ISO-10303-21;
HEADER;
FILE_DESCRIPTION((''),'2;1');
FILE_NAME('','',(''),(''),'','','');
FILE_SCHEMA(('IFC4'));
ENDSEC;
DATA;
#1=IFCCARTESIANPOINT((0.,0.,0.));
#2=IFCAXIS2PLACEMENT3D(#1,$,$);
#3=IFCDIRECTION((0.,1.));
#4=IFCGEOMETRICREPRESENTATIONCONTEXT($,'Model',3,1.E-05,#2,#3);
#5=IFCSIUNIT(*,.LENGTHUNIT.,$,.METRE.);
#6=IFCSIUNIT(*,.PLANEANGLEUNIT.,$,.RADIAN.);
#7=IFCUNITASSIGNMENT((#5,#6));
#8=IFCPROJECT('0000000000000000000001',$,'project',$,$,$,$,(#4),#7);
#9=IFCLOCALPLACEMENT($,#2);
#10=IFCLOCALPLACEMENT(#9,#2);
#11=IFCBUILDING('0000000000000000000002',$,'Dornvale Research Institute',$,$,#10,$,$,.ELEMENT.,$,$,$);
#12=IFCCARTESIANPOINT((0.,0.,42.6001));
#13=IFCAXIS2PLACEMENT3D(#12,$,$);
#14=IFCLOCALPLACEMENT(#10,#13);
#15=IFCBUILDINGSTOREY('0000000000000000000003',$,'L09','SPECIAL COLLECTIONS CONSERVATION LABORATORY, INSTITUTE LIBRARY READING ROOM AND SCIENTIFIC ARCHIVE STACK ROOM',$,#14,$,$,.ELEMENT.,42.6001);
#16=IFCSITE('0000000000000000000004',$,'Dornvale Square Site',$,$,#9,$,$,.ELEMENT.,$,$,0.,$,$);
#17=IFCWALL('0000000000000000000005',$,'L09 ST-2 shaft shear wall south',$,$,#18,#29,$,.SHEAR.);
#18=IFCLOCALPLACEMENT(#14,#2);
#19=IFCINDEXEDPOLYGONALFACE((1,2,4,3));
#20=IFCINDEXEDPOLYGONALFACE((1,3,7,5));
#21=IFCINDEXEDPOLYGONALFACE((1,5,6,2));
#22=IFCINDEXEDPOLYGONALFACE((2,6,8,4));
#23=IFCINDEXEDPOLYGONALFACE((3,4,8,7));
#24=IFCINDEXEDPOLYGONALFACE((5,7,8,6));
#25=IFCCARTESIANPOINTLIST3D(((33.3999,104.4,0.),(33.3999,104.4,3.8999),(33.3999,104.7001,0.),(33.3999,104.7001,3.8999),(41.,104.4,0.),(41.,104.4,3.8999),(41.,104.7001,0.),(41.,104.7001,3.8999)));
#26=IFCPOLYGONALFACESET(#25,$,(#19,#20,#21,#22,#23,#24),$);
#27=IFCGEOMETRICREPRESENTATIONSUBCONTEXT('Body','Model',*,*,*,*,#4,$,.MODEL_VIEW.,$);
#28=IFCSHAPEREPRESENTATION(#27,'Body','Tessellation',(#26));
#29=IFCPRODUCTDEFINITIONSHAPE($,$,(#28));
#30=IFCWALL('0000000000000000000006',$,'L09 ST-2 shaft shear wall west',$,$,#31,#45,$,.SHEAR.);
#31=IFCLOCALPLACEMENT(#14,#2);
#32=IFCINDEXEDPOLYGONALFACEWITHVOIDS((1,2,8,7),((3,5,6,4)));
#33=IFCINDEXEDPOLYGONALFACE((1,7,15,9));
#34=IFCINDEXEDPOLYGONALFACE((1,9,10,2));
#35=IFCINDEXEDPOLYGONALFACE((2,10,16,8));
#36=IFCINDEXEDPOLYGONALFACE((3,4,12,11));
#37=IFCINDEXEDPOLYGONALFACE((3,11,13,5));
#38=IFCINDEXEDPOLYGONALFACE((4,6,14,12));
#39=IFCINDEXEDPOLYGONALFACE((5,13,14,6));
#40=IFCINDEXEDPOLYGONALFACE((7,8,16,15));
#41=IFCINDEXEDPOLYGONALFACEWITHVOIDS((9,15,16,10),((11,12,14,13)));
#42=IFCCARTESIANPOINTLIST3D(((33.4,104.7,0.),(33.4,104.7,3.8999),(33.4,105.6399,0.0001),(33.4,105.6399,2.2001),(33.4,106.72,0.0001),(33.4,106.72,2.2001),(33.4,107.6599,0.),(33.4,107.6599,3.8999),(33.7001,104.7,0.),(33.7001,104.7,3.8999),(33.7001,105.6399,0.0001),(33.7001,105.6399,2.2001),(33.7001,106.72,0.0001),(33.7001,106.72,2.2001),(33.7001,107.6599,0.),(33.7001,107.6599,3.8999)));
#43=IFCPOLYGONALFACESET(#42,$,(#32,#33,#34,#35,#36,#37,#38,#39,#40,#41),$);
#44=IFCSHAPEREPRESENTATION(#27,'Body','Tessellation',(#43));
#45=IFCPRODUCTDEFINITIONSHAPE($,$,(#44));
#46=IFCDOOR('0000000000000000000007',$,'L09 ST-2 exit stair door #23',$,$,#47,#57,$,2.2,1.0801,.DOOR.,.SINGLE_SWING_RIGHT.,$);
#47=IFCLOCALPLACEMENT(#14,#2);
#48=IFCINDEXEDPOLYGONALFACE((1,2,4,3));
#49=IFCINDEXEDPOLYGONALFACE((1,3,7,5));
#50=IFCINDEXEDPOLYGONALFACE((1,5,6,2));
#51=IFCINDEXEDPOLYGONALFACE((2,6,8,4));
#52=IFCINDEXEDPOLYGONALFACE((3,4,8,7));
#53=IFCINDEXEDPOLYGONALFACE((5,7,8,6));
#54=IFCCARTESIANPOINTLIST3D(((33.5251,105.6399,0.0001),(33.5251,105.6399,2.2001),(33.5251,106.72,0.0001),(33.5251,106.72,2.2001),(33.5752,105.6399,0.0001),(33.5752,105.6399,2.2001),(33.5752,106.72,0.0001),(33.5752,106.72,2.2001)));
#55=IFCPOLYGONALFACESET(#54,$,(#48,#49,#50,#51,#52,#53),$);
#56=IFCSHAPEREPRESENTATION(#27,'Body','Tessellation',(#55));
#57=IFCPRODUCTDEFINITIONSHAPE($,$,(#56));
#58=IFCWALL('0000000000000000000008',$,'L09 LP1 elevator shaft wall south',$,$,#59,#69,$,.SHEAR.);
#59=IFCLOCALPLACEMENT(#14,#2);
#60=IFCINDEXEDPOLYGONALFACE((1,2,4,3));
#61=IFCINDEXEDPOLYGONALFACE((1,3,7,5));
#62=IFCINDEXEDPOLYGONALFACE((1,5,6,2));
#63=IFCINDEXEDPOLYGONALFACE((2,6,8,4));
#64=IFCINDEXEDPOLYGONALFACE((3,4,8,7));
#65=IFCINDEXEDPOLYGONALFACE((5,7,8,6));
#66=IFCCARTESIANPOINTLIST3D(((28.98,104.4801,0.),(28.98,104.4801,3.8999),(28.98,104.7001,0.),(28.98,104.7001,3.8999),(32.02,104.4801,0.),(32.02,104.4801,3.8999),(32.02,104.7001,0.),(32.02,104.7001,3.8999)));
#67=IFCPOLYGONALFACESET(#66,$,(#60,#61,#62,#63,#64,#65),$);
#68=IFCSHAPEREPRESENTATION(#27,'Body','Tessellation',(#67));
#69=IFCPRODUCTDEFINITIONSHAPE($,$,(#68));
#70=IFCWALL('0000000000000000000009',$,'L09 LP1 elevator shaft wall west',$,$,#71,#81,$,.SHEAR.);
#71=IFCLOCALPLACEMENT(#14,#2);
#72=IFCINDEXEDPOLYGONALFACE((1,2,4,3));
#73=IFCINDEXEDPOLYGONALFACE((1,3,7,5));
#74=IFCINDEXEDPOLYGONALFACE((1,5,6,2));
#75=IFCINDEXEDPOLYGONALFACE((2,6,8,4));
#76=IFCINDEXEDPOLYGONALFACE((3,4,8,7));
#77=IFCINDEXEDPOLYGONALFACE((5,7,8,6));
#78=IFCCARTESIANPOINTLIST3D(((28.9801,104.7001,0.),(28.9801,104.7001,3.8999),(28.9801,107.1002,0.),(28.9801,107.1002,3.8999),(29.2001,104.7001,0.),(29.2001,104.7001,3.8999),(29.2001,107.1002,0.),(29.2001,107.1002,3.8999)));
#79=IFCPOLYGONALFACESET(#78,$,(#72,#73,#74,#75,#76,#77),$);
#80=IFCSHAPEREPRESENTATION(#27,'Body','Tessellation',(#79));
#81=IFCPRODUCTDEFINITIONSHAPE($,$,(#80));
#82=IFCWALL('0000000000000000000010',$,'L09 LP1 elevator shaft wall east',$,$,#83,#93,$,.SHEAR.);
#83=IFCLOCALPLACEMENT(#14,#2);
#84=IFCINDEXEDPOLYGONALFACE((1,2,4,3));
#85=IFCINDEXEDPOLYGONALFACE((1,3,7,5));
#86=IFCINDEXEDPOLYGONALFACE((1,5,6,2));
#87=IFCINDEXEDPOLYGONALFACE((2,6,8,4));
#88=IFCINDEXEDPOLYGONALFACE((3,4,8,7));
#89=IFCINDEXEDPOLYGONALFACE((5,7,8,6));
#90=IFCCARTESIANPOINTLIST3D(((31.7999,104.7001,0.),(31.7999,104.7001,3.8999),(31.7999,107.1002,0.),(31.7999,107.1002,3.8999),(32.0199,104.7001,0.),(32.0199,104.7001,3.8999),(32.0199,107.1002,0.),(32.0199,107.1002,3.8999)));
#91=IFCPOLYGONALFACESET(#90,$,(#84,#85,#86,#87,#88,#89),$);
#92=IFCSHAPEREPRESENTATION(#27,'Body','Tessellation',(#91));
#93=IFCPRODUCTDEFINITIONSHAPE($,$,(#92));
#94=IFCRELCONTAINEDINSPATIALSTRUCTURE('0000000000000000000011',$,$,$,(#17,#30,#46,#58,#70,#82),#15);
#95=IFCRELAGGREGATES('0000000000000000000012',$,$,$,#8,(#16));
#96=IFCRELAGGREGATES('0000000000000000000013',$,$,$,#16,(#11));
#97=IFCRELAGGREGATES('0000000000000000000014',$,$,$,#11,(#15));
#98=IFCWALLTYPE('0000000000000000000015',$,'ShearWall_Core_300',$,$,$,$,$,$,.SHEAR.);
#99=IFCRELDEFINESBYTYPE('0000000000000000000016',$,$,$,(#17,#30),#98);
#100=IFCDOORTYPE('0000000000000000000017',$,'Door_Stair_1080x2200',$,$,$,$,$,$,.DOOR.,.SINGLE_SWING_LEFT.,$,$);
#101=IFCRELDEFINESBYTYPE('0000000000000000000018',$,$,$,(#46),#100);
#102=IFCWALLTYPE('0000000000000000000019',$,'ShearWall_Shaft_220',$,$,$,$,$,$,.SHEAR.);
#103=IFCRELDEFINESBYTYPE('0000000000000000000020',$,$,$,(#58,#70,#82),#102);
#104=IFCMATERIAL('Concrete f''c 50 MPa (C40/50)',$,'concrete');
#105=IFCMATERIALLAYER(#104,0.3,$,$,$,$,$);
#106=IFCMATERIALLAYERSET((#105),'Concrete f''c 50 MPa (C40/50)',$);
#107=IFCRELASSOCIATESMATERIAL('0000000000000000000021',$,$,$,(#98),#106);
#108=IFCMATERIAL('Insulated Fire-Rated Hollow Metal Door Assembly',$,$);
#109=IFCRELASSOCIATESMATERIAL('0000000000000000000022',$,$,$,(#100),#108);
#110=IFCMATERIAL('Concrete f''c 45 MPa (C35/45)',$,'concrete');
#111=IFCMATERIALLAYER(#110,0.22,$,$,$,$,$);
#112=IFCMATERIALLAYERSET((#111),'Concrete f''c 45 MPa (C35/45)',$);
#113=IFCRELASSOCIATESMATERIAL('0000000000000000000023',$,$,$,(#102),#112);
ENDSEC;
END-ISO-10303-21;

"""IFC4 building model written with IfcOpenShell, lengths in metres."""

from ifc_helpers import new_model, si_unit, direction, frame, frame_2d, origin, place, context, subcontext, project, spatial, rectangle, extrude, material, layer, layer_set, type_object, element, fill, save


model = new_model("IFC4")

# Units and contexts
model_context = context("Model", 3, precision=1e-05, world=origin(), true_north=direction((0.0, 1.0)))
body_context = subcontext(model_context, "Body", "Model", "MODEL_VIEW")
ifc_project = project(units=[si_unit("LENGTHUNIT", "METRE"), si_unit("PLANEANGLEUNIT", "RADIAN")], contexts=[model_context])

# Site, building, storey
site_placement = place(None, origin())
site = spatial("IfcSite", under=ifc_project, at=site_placement, Name="Dornvale Square Site", CompositionType="ELEMENT", RefElevation=0.0)
building_placement = place(site_placement, origin())
building = spatial("IfcBuilding", under=site, at=building_placement, Name="Dornvale Research Institute", CompositionType="ELEMENT")
storey_placement = place(building_placement, frame((0.0, 0.0, 42.6001)))
storey = spatial("IfcBuildingStorey", under=building, at=storey_placement, Name="L09", Description="SPECIAL COLLECTIONS CONSERVATION LABORATORY, INSTITUTE LIBRARY READING ROOM AND SCIENTIFIC ARCHIVE STACK ROOM", CompositionType="ELEMENT", Elevation=42.6001)

# Wall
ifc_material_1 = material(Name="Concrete f'c 50 MPa (C40/50)", Category="concrete")
ifc_layer_1 = layer(ifc_material_1, 0.3)
ifc_layer_set_1 = layer_set([ifc_layer_1], Name="Concrete f'c 50 MPa (C40/50)")
wall_type_1 = type_object("IfcWallType", Name="ShearWall_Core_300", PredefinedType="SHEAR", material=ifc_layer_set_1)
wall_1_placement = place(storey_placement, frame((33.3999, 104.55, 0.0), z_axis=(0.0, 0.0, 1.0), x_axis=(1.0, 0.0, 0.0)))
element("IfcWall", 1, at=wall_1_placement, inside=storey, type_object=wall_type_1, Name="L09 ST-2 shaft shear wall south", PredefinedType="SHEAR", context=body_context, shape_type="SweptSolid", body=[
    extrude(rectangle(XDim=7.6001, YDim=0.3, at=frame_2d((3.8, 0.0))), origin(), (0.0, 0.0, 1.0), 3.8999),
])

# Wall, opening, door
wall_2_placement = place(storey_placement, frame((33.55, 104.7, 0.0), z_axis=(0.0, 0.0, 1.0), x_axis=(0.0, 1.0, 0.0)))
wall_2 = element("IfcWall", 2, at=wall_2_placement, inside=storey, type_object=wall_type_1, Name="L09 ST-2 shaft shear wall west", PredefinedType="SHEAR", context=body_context, shape_type="SweptSolid", body=[
    extrude(rectangle(XDim=2.96, YDim=0.3, at=frame_2d((1.48, 0.0))), origin(), (0.0, 0.0, 1.0), 3.8999),
])
opening_1_placement = place(wall_2_placement, frame((0.9399, 0.0, 0.0)))
opening_1 = element("IfcOpeningElement", 3, at=opening_1_placement, cuts=wall_2, PredefinedType="OPENING", context=body_context, shape_type="SweptSolid", body=[
    extrude(rectangle(XDim=1.0801, YDim=2.2, at=frame_2d((0.54, 1.1001))), frame((0.0, 0.165, 0.0), z_axis=(0.0, -1.0, 0.0), x_axis=(1.0, 0.0, 0.0)), (0.0, 0.0, 1.0), 0.3301),
])
ifc_material_2 = material(Name="Insulated Fire-Rated Hollow Metal Door Assembly")
door_type_1 = type_object("IfcDoorType", Name="Door_Stair_1080x2200", OperationType="SINGLE_SWING_LEFT", PredefinedType="DOOR", material=ifc_material_2)
door_1_placement = place(opening_1_placement, origin())
door_1 = element("IfcDoor", 4, at=door_1_placement, inside=storey, type_object=door_type_1, Name="L09 ST-2 exit stair door #23", OperationType="SINGLE_SWING_RIGHT", OverallHeight=2.2, OverallWidth=1.0801, PredefinedType="DOOR", context=body_context, shape_type="SweptSolid", body=[
    extrude(rectangle(XDim=1.0801, YDim=2.2, at=frame_2d((0.54, 1.1001))), frame((0.0, 0.0249, 0.0), z_axis=(0.0, -1.0, 0.0), x_axis=(1.0, 0.0, 0.0)), (0.0, 0.0, 1.0), 0.05),
])
fill(opening_1, door_1)

# Walls
ifc_material_3 = material(Name="Concrete f'c 45 MPa (C35/45)", Category="concrete")
ifc_layer_2 = layer(ifc_material_3, 0.22)
ifc_layer_set_2 = layer_set([ifc_layer_2], Name="Concrete f'c 45 MPa (C35/45)")
wall_type_2 = type_object("IfcWallType", Name="ShearWall_Shaft_220", PredefinedType="SHEAR", material=ifc_layer_set_2)
wall_3_placement = place(storey_placement, frame((28.98, 104.5901, 0.0), z_axis=(0.0, 0.0, 1.0), x_axis=(1.0, 0.0, 0.0)))
element("IfcWall", 5, at=wall_3_placement, inside=storey, type_object=wall_type_2, Name="L09 LP1 elevator shaft wall south", PredefinedType="SHEAR", context=body_context, shape_type="SweptSolid", body=[
    extrude(rectangle(XDim=3.04, YDim=0.22, at=frame_2d((1.52, 0.0))), origin(), (0.0, 0.0, 1.0), 3.8999),
])
for number, where, z_axis, x_axis, name in (
    (6, (29.0901, 104.7, 0.0), (0.0, 0.0, 1.0), (0.0, 1.0, 0.0), "L09 LP1 elevator shaft wall west"),
    (7, (31.9099, 104.7, 0.0), (0.0, 0.0, 1.0), (0.0, 1.0, 0.0), "L09 LP1 elevator shaft wall east"),
):
    element("IfcWall", number, at=place(storey_placement, frame(where, z_axis=z_axis, x_axis=x_axis)), inside=storey, type_object=wall_type_2, Name=name, PredefinedType="SHEAR", context=body_context, shape_type="SweptSolid", body=[
        extrude(rectangle(XDim=2.4001, YDim=0.22, at=frame_2d((1.2002, 0.0))), origin(), (0.0, 0.0, 1.0), 3.8999),
    ])

save(model, "model.ifc")
